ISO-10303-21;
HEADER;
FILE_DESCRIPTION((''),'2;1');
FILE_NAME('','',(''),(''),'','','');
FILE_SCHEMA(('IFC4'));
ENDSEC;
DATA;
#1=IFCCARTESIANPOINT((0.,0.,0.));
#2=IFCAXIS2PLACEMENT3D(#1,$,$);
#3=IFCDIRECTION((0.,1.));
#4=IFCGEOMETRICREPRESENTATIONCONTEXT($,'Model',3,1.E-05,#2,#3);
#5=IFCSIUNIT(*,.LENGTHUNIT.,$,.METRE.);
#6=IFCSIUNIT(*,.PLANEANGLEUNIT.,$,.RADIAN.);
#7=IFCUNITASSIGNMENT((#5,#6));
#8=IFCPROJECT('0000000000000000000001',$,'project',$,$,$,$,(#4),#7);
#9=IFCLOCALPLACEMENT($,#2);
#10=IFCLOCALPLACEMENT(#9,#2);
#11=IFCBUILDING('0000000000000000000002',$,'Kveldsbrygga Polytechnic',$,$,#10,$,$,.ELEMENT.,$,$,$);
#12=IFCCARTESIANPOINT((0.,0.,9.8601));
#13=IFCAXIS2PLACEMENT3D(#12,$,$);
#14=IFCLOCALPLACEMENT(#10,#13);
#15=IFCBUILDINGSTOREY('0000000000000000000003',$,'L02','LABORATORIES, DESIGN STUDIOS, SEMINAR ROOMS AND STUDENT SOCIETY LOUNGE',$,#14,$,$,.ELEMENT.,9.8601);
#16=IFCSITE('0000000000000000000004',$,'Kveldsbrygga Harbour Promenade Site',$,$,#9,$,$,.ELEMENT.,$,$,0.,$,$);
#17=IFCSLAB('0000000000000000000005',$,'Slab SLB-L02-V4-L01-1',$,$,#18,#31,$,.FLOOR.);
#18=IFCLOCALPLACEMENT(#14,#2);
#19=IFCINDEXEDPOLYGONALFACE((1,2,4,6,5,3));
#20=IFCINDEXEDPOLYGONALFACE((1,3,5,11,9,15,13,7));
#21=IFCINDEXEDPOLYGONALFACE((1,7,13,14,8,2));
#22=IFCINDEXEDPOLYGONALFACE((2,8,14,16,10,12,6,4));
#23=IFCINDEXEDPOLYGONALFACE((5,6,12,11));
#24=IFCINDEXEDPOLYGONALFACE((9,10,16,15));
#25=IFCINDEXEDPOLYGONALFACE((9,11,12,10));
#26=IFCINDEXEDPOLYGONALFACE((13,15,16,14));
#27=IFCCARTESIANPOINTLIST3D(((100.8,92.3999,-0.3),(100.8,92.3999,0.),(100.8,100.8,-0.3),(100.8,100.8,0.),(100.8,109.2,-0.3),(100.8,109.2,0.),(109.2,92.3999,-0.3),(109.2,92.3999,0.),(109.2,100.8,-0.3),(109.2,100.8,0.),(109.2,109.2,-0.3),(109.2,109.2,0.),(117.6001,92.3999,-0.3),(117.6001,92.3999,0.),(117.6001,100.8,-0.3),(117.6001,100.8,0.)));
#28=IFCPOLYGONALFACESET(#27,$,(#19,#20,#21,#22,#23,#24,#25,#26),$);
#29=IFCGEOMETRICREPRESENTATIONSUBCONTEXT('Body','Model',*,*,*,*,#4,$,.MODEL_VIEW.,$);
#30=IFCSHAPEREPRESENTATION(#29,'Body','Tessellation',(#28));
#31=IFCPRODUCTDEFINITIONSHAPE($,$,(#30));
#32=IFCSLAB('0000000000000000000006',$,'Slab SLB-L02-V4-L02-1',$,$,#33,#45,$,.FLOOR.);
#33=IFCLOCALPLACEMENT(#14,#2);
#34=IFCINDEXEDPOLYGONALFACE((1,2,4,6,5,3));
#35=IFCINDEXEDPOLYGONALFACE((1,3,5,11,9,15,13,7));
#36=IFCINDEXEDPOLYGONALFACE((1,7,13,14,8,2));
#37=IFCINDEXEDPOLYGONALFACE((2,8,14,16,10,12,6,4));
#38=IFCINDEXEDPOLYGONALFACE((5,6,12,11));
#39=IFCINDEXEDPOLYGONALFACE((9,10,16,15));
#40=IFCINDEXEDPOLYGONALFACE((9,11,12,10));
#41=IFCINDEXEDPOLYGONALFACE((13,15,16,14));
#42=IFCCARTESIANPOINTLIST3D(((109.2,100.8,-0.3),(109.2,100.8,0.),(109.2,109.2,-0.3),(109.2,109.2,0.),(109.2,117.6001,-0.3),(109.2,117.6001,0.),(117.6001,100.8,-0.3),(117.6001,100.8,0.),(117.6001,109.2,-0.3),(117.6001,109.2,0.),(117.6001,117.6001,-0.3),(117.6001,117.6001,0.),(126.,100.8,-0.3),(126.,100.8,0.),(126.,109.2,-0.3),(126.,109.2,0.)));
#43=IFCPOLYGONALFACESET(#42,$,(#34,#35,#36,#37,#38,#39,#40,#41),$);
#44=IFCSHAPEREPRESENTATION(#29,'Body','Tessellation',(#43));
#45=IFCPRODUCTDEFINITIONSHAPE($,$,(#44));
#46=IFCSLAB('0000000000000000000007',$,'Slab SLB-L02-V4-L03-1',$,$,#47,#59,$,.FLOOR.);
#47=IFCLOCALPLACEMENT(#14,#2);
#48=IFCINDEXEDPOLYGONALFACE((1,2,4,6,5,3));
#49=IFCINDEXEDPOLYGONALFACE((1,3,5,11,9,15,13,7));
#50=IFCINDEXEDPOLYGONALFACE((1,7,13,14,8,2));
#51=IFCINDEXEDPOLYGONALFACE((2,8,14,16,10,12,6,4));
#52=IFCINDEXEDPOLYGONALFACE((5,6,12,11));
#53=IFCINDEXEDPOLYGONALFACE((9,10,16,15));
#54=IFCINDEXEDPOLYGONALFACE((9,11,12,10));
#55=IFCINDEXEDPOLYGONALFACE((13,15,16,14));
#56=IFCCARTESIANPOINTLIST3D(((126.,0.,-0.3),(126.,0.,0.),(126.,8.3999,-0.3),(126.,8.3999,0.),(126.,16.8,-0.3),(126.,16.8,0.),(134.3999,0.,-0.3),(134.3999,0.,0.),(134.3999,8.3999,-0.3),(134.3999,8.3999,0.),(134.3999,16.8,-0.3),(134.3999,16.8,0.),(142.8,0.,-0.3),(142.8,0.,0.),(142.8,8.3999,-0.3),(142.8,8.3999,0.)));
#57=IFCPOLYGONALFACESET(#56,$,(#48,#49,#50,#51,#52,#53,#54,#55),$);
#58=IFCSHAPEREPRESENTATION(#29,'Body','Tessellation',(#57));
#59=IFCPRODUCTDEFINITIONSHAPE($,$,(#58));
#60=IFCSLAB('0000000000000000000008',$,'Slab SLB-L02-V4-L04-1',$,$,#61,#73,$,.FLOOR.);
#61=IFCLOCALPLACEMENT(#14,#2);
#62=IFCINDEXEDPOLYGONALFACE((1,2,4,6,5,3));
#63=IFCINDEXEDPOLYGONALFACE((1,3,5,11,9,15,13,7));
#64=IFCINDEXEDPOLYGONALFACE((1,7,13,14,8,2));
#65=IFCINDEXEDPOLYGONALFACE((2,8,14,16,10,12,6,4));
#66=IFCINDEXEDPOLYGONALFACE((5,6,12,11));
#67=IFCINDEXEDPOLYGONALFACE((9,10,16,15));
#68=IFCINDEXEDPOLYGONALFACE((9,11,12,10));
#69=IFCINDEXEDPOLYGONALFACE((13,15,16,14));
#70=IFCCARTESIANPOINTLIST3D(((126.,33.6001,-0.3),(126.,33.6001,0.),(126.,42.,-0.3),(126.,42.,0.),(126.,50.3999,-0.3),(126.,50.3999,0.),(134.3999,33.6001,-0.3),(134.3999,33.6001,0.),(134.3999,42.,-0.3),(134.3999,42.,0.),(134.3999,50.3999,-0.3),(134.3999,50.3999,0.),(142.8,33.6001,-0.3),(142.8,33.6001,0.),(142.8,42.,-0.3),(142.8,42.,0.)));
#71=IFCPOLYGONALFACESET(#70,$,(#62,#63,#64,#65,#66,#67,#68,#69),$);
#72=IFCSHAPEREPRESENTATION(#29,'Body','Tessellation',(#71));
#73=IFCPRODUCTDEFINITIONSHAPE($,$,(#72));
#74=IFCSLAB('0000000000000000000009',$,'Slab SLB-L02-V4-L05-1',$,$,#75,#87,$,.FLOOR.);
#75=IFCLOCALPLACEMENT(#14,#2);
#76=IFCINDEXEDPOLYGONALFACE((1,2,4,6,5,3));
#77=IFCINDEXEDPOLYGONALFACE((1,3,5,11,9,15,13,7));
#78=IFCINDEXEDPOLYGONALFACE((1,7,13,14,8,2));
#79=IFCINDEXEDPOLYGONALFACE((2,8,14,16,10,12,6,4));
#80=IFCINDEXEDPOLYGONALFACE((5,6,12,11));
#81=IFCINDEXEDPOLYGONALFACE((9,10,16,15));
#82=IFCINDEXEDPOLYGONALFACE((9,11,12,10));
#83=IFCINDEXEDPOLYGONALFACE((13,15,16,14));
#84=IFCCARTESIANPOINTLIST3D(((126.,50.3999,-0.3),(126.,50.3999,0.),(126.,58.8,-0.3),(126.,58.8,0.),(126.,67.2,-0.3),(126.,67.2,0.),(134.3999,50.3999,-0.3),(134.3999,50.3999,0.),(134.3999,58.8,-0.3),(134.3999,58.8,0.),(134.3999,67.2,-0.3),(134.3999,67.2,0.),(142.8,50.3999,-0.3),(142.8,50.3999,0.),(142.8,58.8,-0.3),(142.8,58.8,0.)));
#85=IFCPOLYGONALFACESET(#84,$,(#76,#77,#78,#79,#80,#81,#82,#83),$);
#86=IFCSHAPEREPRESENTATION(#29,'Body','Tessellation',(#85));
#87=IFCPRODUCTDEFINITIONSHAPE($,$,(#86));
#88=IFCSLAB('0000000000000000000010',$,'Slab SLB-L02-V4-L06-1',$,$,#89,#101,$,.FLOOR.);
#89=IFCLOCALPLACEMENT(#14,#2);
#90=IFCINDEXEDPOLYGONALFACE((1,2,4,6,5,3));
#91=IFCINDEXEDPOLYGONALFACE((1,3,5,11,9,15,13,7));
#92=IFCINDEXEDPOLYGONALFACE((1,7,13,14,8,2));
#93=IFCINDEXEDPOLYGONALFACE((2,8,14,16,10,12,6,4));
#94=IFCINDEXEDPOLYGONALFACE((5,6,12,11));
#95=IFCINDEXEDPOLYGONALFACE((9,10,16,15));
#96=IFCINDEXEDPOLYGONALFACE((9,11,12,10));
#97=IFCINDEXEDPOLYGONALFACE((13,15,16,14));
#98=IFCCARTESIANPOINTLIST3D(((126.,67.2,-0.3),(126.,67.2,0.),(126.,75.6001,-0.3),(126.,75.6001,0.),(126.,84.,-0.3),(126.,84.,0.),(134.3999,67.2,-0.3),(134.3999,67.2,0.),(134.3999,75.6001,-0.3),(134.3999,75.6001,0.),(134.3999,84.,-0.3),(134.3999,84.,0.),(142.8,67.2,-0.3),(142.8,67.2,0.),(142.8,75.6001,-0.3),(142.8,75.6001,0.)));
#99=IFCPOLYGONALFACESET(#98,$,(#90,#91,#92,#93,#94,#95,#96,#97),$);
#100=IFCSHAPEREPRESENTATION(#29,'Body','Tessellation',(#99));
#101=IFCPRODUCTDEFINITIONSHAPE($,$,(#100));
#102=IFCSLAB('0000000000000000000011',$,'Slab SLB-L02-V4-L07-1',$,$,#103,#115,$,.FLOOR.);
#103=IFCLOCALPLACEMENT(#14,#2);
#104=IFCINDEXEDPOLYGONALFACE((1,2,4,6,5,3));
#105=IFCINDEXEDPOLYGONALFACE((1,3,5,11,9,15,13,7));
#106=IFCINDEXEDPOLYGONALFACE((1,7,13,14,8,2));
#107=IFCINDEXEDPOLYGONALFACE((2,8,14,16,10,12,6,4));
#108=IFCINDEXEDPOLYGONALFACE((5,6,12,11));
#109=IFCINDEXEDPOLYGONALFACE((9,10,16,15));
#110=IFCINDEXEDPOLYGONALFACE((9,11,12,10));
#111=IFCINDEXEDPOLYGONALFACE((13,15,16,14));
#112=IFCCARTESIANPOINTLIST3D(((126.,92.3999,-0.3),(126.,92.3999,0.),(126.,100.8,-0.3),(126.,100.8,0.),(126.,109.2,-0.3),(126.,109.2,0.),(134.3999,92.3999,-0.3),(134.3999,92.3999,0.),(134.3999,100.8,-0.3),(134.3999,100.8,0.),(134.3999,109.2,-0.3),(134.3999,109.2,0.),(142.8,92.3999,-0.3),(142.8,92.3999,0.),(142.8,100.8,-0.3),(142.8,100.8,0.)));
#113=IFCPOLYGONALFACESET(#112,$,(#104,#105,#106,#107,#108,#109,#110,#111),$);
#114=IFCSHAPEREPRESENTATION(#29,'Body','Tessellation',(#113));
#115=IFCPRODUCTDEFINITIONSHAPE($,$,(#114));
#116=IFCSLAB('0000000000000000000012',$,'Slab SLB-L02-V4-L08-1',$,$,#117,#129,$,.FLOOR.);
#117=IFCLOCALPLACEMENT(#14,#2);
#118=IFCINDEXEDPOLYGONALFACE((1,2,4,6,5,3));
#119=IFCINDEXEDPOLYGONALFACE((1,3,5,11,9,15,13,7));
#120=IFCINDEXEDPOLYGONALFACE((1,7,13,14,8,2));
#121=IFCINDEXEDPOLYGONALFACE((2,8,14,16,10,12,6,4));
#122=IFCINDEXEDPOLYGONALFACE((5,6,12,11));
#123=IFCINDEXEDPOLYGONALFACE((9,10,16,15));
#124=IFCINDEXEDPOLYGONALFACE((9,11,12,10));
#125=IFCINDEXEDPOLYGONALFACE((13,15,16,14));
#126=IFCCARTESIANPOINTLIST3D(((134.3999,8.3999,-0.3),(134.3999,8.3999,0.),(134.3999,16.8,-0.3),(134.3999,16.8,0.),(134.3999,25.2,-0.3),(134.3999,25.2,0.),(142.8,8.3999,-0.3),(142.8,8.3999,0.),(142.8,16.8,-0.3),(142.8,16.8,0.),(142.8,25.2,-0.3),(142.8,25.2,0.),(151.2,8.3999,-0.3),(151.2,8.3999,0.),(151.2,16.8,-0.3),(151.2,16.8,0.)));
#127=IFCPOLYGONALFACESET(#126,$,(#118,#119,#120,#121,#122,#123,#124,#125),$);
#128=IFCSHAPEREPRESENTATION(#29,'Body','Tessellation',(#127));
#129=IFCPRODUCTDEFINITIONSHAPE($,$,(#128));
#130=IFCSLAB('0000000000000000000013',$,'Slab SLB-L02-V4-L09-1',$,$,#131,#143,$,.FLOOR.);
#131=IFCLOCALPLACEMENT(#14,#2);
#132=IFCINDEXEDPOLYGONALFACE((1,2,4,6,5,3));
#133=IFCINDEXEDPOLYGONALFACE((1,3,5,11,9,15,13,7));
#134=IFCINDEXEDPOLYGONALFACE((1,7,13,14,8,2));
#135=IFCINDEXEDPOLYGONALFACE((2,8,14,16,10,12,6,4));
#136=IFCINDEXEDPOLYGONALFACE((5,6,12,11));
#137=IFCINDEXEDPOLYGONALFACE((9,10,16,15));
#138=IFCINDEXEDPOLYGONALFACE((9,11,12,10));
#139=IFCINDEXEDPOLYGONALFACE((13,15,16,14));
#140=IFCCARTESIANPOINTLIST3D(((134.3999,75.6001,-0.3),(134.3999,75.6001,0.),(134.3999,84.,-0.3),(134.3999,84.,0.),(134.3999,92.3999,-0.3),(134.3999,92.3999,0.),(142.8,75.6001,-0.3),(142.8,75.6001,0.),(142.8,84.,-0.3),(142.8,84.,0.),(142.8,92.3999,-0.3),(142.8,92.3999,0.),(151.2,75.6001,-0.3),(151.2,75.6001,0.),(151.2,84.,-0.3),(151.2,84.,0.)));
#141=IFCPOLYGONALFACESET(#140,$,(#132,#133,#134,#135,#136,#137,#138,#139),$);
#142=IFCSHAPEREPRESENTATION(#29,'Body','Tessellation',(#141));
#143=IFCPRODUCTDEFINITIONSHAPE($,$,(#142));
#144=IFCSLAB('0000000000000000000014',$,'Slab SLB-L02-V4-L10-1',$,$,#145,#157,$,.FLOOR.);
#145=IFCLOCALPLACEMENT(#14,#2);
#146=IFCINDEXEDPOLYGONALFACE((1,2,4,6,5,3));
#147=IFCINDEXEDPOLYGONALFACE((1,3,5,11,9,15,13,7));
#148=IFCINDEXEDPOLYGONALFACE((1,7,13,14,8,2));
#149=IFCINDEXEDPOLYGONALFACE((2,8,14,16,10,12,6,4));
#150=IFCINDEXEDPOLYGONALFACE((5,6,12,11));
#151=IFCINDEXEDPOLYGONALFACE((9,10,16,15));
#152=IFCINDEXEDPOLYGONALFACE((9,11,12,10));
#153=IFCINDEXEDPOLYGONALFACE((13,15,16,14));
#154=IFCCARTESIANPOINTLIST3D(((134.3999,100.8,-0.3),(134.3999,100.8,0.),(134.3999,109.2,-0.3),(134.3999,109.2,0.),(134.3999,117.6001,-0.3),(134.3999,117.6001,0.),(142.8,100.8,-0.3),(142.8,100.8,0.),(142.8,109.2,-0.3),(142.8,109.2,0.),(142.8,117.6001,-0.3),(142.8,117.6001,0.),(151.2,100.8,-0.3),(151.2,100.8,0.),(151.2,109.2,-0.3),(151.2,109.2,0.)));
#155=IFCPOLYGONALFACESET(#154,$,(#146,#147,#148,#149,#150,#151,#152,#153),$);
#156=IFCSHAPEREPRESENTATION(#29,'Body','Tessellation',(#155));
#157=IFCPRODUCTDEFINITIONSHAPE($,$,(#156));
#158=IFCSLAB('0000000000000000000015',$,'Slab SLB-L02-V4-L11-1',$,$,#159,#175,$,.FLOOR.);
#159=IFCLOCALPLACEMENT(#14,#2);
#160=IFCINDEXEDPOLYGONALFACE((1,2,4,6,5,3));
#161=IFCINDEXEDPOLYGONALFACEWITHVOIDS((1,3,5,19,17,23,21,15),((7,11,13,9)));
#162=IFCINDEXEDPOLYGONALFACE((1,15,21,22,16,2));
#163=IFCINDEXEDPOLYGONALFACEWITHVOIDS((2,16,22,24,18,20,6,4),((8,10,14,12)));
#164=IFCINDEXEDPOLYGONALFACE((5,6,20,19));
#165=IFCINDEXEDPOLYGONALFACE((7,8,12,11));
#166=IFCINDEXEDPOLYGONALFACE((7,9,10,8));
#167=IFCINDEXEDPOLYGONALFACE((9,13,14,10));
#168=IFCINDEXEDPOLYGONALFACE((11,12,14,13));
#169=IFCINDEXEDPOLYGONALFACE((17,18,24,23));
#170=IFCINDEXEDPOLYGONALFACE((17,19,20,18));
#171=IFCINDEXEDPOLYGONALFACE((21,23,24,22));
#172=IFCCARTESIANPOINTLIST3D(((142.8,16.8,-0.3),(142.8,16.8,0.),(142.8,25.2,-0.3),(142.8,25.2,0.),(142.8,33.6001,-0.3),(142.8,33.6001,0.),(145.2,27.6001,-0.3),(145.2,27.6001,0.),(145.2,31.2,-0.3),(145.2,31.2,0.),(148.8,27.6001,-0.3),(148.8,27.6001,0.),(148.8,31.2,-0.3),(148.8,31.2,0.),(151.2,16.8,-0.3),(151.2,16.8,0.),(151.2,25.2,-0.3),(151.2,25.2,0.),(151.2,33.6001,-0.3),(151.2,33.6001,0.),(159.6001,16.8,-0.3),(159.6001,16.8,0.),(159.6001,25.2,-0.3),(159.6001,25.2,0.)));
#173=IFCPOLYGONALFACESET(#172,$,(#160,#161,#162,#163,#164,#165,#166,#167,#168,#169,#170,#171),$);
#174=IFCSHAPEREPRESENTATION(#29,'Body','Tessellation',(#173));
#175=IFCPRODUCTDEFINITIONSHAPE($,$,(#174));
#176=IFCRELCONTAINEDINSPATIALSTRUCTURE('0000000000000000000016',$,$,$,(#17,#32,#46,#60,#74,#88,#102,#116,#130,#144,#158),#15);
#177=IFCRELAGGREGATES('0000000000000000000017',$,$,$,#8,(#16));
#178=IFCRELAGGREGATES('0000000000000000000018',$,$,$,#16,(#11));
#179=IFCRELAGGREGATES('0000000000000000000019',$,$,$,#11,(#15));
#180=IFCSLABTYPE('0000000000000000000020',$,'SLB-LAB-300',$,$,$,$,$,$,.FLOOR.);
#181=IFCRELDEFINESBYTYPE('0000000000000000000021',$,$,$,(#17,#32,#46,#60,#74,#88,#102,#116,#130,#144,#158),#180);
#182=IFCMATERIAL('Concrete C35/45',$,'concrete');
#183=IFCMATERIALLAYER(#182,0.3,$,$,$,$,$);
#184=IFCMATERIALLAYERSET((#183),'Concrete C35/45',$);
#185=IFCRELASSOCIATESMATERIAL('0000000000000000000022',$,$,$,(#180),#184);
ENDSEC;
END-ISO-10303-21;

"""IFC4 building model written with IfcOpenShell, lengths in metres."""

from ifc_helpers import new_model, si_unit, direction, frame, origin, place, context, subcontext, project, spatial, polyline, outline, extrude, material, layer, layer_set, type_object, element, save


model = new_model("IFC4")

# Units and contexts
model_context = context("Model", 3, precision=1e-05, world=origin(), true_north=direction((0.0, 1.0)))
body_context = subcontext(model_context, "Body", "Model", "MODEL_VIEW")
ifc_project = project(units=[si_unit("LENGTHUNIT", "METRE"), si_unit("PLANEANGLEUNIT", "RADIAN")], contexts=[model_context])

# Site, building, storey
site_placement = place(None, origin())
site = spatial("IfcSite", under=ifc_project, at=site_placement, Name="Kveldsbrygga Harbour Promenade Site", CompositionType="ELEMENT", RefElevation=0.0)
building_placement = place(site_placement, origin())
building = spatial("IfcBuilding", under=site, at=building_placement, Name="Kveldsbrygga Polytechnic", CompositionType="ELEMENT")
storey_placement = place(building_placement, frame((0.0, 0.0, 9.8601)))
storey = spatial("IfcBuildingStorey", under=building, at=storey_placement, Name="L02", Description="LABORATORIES, DESIGN STUDIOS, SEMINAR ROOMS AND STUDENT SOCIETY LOUNGE", CompositionType="ELEMENT", Elevation=9.8601)

# Slabs
ifc_material = material(Name="Concrete C35/45", Category="concrete")
ifc_layer = layer(ifc_material, 0.3)
ifc_layer_set = layer_set([ifc_layer], Name="Concrete C35/45")
slab_type = type_object("IfcSlabType", Name="SLB-LAB-300", PredefinedType="FLOOR", material=ifc_layer_set)
slab_1_placement = place(storey_placement, frame((0.0, 0.0, -0.3)))
element("IfcSlab", 1, at=slab_1_placement, inside=storey, type_object=slab_type, Name="Slab SLB-L02-V4-L01-1", PredefinedType="FLOOR", context=body_context, shape_type="SweptSolid", body=[
    extrude(outline(polyline([(100.8, 92.3999), (100.8, 100.8), (100.8, 109.2), (109.2, 109.2), (109.2, 100.8), (117.6001, 100.8), (117.6001, 92.3999), (109.2, 92.3999), (100.8, 92.3999)])), origin(), (0.0, 0.0, 1.0), 0.3),
])
slab_2_placement = place(storey_placement, frame((0.0, 0.0, -0.3)))
element("IfcSlab", 2, at=slab_2_placement, inside=storey, type_object=slab_type, Name="Slab SLB-L02-V4-L02-1", PredefinedType="FLOOR", context=body_context, shape_type="SweptSolid", body=[
    extrude(outline(polyline([(109.2, 100.8), (109.2, 109.2), (109.2, 117.6001), (117.6001, 117.6001), (117.6001, 109.2), (126.0, 109.2), (126.0, 100.8), (117.6001, 100.8), (109.2, 100.8)])), origin(), (0.0, 0.0, 1.0), 0.3),
])
slab_3_placement = place(storey_placement, frame((0.0, 0.0, -0.3)))
element("IfcSlab", 3, at=slab_3_placement, inside=storey, type_object=slab_type, Name="Slab SLB-L02-V4-L03-1", PredefinedType="FLOOR", context=body_context, shape_type="SweptSolid", body=[
    extrude(outline(polyline([(126.0, 0.0), (126.0, 8.3999), (126.0, 16.8), (134.3999, 16.8), (134.3999, 8.3999), (142.8, 8.3999), (142.8, 0.0), (134.3999, 0.0), (126.0, 0.0)])), origin(), (0.0, 0.0, 1.0), 0.3),
])
slab_4_placement = place(storey_placement, frame((0.0, 0.0, -0.3)))
element("IfcSlab", 4, at=slab_4_placement, inside=storey, type_object=slab_type, Name="Slab SLB-L02-V4-L04-1", PredefinedType="FLOOR", context=body_context, shape_type="SweptSolid", body=[
    extrude(outline(polyline([(126.0, 33.6001), (126.0, 42.0), (126.0, 50.3999), (134.3999, 50.3999), (134.3999, 42.0), (142.8, 42.0), (142.8, 33.6001), (134.3999, 33.6001), (126.0, 33.6001)])), origin(), (0.0, 0.0, 1.0), 0.3),
])
slab_5_placement = place(storey_placement, frame((0.0, 0.0, -0.3)))
element("IfcSlab", 5, at=slab_5_placement, inside=storey, type_object=slab_type, Name="Slab SLB-L02-V4-L05-1", PredefinedType="FLOOR", context=body_context, shape_type="SweptSolid", body=[
    extrude(outline(polyline([(126.0, 50.3999), (126.0, 58.8), (126.0, 67.2), (134.3999, 67.2), (134.3999, 58.8), (142.8, 58.8), (142.8, 50.3999), (134.3999, 50.3999), (126.0, 50.3999)])), origin(), (0.0, 0.0, 1.0), 0.3),
])
slab_6_placement = place(storey_placement, frame((0.0, 0.0, -0.3)))
element("IfcSlab", 6, at=slab_6_placement, inside=storey, type_object=slab_type, Name="Slab SLB-L02-V4-L06-1", PredefinedType="FLOOR", context=body_context, shape_type="SweptSolid", body=[
    extrude(outline(polyline([(126.0, 67.2), (126.0, 75.6001), (126.0, 84.0), (134.3999, 84.0), (134.3999, 75.6001), (142.8, 75.6001), (142.8, 67.2), (134.3999, 67.2), (126.0, 67.2)])), origin(), (0.0, 0.0, 1.0), 0.3),
])
slab_7_placement = place(storey_placement, frame((0.0, 0.0, -0.3)))
element("IfcSlab", 7, at=slab_7_placement, inside=storey, type_object=slab_type, Name="Slab SLB-L02-V4-L07-1", PredefinedType="FLOOR", context=body_context, shape_type="SweptSolid", body=[
    extrude(outline(polyline([(126.0, 92.3999), (126.0, 100.8), (126.0, 109.2), (134.3999, 109.2), (134.3999, 100.8), (142.8, 100.8), (142.8, 92.3999), (134.3999, 92.3999), (126.0, 92.3999)])), origin(), (0.0, 0.0, 1.0), 0.3),
])
slab_8_placement = place(storey_placement, frame((0.0, 0.0, -0.3)))
element("IfcSlab", 8, at=slab_8_placement, inside=storey, type_object=slab_type, Name="Slab SLB-L02-V4-L08-1", PredefinedType="FLOOR", context=body_context, shape_type="SweptSolid", body=[
    extrude(outline(polyline([(134.3999, 8.3999), (134.3999, 16.8), (134.3999, 25.2), (142.8, 25.2), (142.8, 16.8), (151.2, 16.8), (151.2, 8.3999), (142.8, 8.3999), (134.3999, 8.3999)])), origin(), (0.0, 0.0, 1.0), 0.3),
])
slab_9_placement = place(storey_placement, frame((0.0, 0.0, -0.3)))
element("IfcSlab", 9, at=slab_9_placement, inside=storey, type_object=slab_type, Name="Slab SLB-L02-V4-L09-1", PredefinedType="FLOOR", context=body_context, shape_type="SweptSolid", body=[
    extrude(outline(polyline([(134.3999, 75.6001), (134.3999, 84.0), (134.3999, 92.3999), (142.8, 92.3999), (142.8, 84.0), (151.2, 84.0), (151.2, 75.6001), (142.8, 75.6001), (134.3999, 75.6001)])), origin(), (0.0, 0.0, 1.0), 0.3),
])
slab_10_placement = place(storey_placement, frame((0.0, 0.0, -0.3)))
element("IfcSlab", 10, at=slab_10_placement, inside=storey, type_object=slab_type, Name="Slab SLB-L02-V4-L10-1", PredefinedType="FLOOR", context=body_context, shape_type="SweptSolid", body=[
    extrude(outline(polyline([(134.3999, 100.8), (134.3999, 109.2), (134.3999, 117.6001), (142.8, 117.6001), (142.8, 109.2), (151.2, 109.2), (151.2, 100.8), (142.8, 100.8), (134.3999, 100.8)])), origin(), (0.0, 0.0, 1.0), 0.3),
])
slab_11_placement = place(storey_placement, frame((0.0, 0.0, -0.3)))
element("IfcSlab", 11, at=slab_11_placement, inside=storey, type_object=slab_type, Name="Slab SLB-L02-V4-L11-1", PredefinedType="FLOOR", context=body_context, shape_type="SweptSolid", body=[
    extrude(outline(polyline([(142.8, 16.8), (142.8, 25.2), (142.8, 33.6001), (151.2, 33.6001), (151.2, 25.2), (159.6001, 25.2), (159.6001, 16.8), (151.2, 16.8), (142.8, 16.8)]), holes=[polyline([(145.2, 27.6001), (148.8, 27.6001), (148.8, 31.2), (145.2, 31.2), (145.2, 27.6001)])]), origin(), (0.0, 0.0, 1.0), 0.3),
])

save(model, "model.ifc")
